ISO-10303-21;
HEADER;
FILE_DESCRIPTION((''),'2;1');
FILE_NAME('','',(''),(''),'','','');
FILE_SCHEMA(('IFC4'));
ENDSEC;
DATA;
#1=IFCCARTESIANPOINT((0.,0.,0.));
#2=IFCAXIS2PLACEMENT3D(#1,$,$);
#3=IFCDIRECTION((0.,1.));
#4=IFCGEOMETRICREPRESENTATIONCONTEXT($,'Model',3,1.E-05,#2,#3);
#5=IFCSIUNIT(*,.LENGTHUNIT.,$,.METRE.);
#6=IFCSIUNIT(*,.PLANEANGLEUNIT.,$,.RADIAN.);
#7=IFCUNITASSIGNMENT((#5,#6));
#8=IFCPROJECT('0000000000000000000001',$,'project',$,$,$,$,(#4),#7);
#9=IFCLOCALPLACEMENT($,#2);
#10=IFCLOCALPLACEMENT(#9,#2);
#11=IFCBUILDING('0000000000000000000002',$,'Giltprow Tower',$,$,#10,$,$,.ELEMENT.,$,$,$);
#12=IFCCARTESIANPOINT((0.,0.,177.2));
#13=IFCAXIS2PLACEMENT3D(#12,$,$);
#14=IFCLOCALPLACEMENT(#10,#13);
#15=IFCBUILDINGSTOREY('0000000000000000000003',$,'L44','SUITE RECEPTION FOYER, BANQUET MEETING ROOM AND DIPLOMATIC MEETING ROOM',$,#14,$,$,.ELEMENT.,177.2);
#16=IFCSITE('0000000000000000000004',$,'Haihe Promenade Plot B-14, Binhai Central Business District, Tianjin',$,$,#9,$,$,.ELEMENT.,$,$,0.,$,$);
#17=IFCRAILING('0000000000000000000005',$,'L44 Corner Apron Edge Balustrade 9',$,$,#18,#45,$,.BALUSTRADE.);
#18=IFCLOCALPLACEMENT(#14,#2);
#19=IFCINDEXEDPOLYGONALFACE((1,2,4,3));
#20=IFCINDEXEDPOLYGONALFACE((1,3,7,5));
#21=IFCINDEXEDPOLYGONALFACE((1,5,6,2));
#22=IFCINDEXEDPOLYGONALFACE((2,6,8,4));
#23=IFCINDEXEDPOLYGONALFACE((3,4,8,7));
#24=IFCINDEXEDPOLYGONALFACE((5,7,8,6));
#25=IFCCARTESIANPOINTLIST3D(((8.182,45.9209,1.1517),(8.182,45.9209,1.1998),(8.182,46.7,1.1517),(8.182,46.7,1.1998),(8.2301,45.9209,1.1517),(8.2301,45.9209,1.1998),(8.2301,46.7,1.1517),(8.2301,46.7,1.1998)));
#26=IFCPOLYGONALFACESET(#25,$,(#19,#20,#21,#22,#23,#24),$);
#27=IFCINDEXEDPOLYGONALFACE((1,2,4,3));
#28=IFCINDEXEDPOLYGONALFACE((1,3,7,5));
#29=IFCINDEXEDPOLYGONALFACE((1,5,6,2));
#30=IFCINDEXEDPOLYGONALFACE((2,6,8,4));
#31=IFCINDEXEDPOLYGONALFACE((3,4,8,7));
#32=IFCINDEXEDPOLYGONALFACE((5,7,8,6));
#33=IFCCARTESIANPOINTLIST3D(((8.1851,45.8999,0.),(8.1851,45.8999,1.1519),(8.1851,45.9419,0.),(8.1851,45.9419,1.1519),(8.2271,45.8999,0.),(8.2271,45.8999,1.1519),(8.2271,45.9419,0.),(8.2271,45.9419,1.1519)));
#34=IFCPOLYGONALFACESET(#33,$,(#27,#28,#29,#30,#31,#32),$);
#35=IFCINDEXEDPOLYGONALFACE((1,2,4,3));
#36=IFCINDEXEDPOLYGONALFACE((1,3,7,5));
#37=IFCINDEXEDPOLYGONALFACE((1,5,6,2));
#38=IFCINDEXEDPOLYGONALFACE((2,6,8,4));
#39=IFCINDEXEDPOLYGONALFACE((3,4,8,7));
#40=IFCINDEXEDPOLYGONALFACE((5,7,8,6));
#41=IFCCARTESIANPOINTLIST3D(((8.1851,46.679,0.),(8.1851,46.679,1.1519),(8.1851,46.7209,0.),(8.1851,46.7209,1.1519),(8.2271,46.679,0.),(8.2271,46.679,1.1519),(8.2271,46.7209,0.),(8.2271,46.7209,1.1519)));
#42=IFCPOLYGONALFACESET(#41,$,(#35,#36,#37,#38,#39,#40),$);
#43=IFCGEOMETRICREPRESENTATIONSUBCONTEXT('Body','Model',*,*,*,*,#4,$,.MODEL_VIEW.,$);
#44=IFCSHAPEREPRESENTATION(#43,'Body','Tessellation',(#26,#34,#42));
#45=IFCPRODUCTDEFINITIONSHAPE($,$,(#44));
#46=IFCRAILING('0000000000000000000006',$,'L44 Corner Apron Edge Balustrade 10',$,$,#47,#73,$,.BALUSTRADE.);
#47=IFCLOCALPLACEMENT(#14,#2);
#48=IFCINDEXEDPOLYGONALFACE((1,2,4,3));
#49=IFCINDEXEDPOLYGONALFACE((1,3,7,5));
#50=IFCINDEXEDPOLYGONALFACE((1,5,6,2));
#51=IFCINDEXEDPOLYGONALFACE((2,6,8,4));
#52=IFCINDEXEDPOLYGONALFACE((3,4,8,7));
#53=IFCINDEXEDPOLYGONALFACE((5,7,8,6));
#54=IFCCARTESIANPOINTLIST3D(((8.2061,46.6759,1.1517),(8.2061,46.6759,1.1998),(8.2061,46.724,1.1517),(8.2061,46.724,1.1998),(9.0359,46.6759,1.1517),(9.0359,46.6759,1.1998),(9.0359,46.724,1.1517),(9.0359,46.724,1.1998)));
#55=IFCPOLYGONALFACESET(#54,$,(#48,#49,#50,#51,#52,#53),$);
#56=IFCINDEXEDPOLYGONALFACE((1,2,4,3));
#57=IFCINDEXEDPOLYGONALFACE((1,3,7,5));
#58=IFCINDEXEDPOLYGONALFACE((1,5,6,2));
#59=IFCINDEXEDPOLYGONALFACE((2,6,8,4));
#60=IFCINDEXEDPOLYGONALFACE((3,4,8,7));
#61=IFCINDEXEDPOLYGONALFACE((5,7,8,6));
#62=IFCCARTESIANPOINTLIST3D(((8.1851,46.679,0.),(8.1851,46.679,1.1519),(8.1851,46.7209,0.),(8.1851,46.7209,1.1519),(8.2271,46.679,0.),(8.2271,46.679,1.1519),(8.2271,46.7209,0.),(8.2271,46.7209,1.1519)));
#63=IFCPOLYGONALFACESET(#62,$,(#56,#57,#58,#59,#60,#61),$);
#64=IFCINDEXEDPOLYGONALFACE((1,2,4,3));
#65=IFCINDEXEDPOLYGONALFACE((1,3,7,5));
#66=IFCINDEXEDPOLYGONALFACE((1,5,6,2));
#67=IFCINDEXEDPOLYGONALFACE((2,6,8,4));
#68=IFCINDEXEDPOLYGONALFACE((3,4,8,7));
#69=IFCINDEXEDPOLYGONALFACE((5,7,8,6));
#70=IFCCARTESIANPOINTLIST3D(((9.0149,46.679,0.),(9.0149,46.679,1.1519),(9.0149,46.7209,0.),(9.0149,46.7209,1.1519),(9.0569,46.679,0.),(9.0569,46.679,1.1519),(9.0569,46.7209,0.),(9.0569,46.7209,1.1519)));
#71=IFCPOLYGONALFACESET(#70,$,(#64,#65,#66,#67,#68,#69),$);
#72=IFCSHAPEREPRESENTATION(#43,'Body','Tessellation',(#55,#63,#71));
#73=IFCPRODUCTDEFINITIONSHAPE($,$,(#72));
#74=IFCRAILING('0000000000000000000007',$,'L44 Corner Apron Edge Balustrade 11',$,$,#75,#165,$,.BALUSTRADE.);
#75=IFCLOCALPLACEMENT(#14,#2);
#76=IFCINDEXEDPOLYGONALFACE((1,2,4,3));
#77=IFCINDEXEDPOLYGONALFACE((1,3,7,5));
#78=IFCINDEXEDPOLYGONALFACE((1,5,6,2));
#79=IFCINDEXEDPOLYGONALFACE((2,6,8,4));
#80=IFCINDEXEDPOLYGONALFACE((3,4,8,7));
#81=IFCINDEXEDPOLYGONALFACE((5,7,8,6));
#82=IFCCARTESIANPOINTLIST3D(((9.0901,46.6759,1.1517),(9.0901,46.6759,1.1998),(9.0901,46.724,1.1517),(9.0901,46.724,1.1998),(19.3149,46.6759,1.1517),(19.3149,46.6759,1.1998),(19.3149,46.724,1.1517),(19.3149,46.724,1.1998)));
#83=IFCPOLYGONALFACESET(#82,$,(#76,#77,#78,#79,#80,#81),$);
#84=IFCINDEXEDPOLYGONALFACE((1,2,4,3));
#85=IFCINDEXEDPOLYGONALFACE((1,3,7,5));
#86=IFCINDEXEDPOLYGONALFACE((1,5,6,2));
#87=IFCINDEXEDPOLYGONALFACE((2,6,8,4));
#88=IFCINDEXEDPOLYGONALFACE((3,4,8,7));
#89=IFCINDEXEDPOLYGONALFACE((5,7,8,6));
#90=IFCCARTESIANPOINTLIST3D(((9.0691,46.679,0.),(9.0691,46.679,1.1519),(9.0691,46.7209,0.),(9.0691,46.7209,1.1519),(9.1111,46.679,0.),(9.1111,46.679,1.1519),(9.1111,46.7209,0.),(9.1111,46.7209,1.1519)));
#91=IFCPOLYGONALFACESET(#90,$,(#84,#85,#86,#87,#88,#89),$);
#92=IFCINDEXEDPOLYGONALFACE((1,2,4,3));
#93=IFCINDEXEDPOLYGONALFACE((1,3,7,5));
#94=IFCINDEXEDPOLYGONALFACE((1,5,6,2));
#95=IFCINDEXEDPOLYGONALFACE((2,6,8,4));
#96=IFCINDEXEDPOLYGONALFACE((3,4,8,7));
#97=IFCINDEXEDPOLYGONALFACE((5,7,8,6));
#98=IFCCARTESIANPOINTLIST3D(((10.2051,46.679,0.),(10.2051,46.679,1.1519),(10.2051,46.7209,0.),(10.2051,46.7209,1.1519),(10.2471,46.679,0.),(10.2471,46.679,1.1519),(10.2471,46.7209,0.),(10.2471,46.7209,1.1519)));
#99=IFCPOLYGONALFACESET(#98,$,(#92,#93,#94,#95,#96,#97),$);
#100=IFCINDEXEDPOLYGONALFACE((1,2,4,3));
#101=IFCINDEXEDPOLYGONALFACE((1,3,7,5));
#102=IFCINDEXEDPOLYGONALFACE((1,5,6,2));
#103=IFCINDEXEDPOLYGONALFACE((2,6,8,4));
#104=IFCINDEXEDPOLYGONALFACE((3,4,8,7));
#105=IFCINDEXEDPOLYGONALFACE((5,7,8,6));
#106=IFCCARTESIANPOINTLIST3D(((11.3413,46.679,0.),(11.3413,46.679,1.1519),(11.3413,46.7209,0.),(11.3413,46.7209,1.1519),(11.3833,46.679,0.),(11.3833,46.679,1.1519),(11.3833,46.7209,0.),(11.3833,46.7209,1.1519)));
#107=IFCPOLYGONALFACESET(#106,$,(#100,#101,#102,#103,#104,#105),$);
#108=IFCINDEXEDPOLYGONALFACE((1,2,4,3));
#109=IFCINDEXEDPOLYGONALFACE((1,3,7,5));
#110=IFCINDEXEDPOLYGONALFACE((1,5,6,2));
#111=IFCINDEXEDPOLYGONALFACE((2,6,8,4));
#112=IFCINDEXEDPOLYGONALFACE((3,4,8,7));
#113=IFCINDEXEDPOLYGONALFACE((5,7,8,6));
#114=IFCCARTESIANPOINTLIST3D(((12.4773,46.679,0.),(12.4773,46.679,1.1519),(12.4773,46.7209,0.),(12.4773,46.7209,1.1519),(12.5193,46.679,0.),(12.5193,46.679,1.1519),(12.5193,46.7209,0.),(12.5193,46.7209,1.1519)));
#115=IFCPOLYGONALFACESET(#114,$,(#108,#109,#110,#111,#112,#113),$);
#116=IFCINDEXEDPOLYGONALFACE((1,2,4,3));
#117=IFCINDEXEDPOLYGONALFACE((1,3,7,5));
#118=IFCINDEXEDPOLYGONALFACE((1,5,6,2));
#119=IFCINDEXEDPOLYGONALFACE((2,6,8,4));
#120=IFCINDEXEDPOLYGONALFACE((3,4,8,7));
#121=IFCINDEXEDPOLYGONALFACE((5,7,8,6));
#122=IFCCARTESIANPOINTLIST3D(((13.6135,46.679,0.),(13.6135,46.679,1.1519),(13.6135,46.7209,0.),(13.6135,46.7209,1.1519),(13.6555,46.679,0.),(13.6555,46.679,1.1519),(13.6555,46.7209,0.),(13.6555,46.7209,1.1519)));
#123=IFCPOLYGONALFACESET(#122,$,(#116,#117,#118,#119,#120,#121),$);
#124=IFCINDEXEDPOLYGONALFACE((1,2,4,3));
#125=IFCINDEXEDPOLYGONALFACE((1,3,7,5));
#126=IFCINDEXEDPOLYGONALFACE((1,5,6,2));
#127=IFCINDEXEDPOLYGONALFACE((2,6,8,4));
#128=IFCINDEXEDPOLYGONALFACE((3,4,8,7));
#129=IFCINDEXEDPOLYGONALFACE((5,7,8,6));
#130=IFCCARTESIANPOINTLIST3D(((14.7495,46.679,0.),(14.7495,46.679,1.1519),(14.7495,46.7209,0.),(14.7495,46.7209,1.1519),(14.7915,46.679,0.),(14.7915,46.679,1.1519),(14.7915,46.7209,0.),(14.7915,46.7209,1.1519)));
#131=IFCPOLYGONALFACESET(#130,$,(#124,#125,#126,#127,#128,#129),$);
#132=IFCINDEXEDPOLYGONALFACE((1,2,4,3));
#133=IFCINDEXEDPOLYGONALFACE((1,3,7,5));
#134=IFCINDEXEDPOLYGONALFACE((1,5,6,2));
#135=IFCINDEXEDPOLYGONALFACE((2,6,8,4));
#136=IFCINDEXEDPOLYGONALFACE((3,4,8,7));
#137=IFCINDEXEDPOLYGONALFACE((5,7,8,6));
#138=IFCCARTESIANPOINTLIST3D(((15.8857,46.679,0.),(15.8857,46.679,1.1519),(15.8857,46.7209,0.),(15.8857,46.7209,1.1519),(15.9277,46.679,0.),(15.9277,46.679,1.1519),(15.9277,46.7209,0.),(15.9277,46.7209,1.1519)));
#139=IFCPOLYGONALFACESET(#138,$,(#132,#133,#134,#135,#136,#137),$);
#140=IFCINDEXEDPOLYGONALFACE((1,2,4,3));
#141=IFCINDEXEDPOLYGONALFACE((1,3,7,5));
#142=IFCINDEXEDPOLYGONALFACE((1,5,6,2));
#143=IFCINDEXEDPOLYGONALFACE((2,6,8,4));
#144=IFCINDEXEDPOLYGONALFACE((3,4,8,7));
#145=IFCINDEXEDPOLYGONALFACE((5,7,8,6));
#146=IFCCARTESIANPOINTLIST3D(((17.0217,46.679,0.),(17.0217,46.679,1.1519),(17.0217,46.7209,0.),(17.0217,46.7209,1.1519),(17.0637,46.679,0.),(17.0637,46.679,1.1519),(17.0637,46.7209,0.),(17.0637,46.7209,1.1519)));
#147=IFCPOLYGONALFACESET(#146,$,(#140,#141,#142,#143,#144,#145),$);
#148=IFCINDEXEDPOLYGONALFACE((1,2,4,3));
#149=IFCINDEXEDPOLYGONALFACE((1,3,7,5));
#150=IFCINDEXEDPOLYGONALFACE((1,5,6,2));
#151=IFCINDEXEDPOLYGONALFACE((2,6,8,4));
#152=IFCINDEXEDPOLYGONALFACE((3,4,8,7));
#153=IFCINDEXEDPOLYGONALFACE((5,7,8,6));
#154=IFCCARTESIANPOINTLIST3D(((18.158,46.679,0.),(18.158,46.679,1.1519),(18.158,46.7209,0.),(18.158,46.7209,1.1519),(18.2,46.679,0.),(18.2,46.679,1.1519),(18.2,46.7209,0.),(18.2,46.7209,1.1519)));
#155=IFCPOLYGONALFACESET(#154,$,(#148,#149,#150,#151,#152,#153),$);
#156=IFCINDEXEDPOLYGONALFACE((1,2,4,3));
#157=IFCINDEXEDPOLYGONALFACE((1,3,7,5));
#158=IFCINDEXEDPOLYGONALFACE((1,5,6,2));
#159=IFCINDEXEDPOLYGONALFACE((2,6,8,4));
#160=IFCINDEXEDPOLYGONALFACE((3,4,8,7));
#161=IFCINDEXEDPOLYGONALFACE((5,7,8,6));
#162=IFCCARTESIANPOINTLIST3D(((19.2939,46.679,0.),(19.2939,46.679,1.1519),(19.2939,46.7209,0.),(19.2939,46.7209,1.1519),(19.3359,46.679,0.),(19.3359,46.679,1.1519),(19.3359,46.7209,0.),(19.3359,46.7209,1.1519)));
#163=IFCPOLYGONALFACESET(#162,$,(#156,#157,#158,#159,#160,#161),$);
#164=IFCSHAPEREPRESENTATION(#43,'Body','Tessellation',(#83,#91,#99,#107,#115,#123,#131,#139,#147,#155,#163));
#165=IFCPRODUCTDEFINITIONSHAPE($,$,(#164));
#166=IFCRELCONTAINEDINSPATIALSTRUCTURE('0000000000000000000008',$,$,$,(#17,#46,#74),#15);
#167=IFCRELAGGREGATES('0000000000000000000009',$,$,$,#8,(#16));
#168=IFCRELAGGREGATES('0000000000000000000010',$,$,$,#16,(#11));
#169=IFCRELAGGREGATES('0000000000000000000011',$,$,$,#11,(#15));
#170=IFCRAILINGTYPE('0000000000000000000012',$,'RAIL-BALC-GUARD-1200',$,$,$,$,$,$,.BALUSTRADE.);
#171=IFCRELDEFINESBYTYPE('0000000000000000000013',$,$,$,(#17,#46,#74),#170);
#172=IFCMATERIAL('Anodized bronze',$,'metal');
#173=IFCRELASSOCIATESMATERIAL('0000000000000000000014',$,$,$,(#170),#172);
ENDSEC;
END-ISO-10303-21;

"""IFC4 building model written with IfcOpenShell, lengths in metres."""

from ifc_helpers import new_model, si_unit, direction, frame, origin, origin_2d, place, context, subcontext, project, spatial, rectangle, extrude, material, type_object, element, save


model = new_model("IFC4")

# Units and contexts
model_context = context("Model", 3, precision=1e-05, world=origin(), true_north=direction((0.0, 1.0)))
body_context = subcontext(model_context, "Body", "Model", "MODEL_VIEW")
ifc_project = project(units=[si_unit("LENGTHUNIT", "METRE"), si_unit("PLANEANGLEUNIT", "RADIAN")], contexts=[model_context])

# Site, building, storey
site_placement = place(None, origin())
site = spatial("IfcSite", under=ifc_project, at=site_placement, Name="Haihe Promenade Plot B-14, Binhai Central Business District, Tianjin", CompositionType="ELEMENT", RefElevation=0.0)
building_placement = place(site_placement, origin())
building = spatial("IfcBuilding", under=site, at=building_placement, Name="Giltprow Tower", CompositionType="ELEMENT")
storey_placement = place(building_placement, frame((0.0, 0.0, 177.2)))
storey = spatial("IfcBuildingStorey", under=building, at=storey_placement, Name="L44", Description="SUITE RECEPTION FOYER, BANQUET MEETING ROOM AND DIPLOMATIC MEETING ROOM", CompositionType="ELEMENT", Elevation=177.2)

# Railings
ifc_material_1 = material(Name="Anodized bronze", Category="metal")
railing_type = type_object("IfcRailingType", Name="RAIL-BALC-GUARD-1200", PredefinedType="BALUSTRADE", material=ifc_material_1)
railing_1_placement = place(storey_placement, frame((8.2061, 45.9209, 0.0)))
element("IfcRailing", 1, at=railing_1_placement, inside=storey, type_object=railing_type, Name="L44 Corner Apron Edge Balustrade 9", PredefinedType="BALUSTRADE", context=body_context, shape_type="SweptSolid", body=[
    extrude(rectangle(XDim=0.0481, YDim=0.0481, at=origin_2d()), frame((0.0, 0.0, 1.1758), z_axis=(0.0, 1.0, 0.0), x_axis=(-1.0, 0.0, 0.0)), (0.0, 0.0, 1.0), 0.7791),
    extrude(rectangle(XDim=0.042, YDim=0.042, at=origin_2d()), origin(), (0.0, 0.0, 1.0), 1.1519),
    extrude(rectangle(XDim=0.042, YDim=0.042, at=origin_2d()), frame((0.0, 0.7791, 0.0)), (0.0, 0.0, 1.0), 1.1519),
])
railing_2_placement = place(storey_placement, frame((8.2061, 46.7, 0.0)))
element("IfcRailing", 2, at=railing_2_placement, inside=storey, type_object=railing_type, Name="L44 Corner Apron Edge Balustrade 10", PredefinedType="BALUSTRADE", context=body_context, shape_type="SweptSolid", body=[
    extrude(rectangle(XDim=0.0481, YDim=0.0481, at=origin_2d()), frame((0.0, 0.0, 1.1758), z_axis=(1.0, 0.0, 0.0), x_axis=(0.0, 1.0, 0.0)), (0.0, 0.0, 1.0), 0.8298),
    extrude(rectangle(XDim=0.042, YDim=0.042, at=origin_2d()), origin(), (0.0, 0.0, 1.0), 1.1519),
    extrude(rectangle(XDim=0.042, YDim=0.042, at=origin_2d()), frame((0.8298, 0.0, 0.0)), (0.0, 0.0, 1.0), 1.1519),
])
railing_3_placement = place(storey_placement, frame((9.0901, 46.7, 0.0)))
element("IfcRailing", 3, at=railing_3_placement, inside=storey, type_object=railing_type, Name="L44 Corner Apron Edge Balustrade 11", PredefinedType="BALUSTRADE", context=body_context, shape_type="SweptSolid", body=[
    extrude(rectangle(XDim=0.0481, YDim=0.0481, at=origin_2d()), frame((0.0, 0.0, 1.1758), z_axis=(1.0, 0.0, 0.0), x_axis=(0.0, 1.0, 0.0)), (0.0, 0.0, 1.0), 10.2249),
    extrude(rectangle(XDim=0.042, YDim=0.042, at=origin_2d()), origin(), (0.0, 0.0, 1.0), 1.1519),
    extrude(rectangle(XDim=0.042, YDim=0.042, at=origin_2d()), frame((1.136, 0.0, 0.0)), (0.0, 0.0, 1.0), 1.1519),
    extrude(rectangle(XDim=0.042, YDim=0.042, at=origin_2d()), frame((2.2722, 0.0, 0.0)), (0.0, 0.0, 1.0), 1.1519),
    extrude(rectangle(XDim=0.042, YDim=0.042, at=origin_2d()), frame((3.4082, 0.0, 0.0)), (0.0, 0.0, 1.0), 1.1519),
    extrude(rectangle(XDim=0.042, YDim=0.042, at=origin_2d()), frame((4.5444, 0.0, 0.0)), (0.0, 0.0, 1.0), 1.1519),
    extrude(rectangle(XDim=0.042, YDim=0.042, at=origin_2d()), frame((5.6804, 0.0, 0.0)), (0.0, 0.0, 1.0), 1.1519),
    extrude(rectangle(XDim=0.042, YDim=0.042, at=origin_2d()), frame((6.8167, 0.0, 0.0)), (0.0, 0.0, 1.0), 1.1519),
    extrude(rectangle(XDim=0.042, YDim=0.042, at=origin_2d()), frame((7.9526, 0.0, 0.0)), (0.0, 0.0, 1.0), 1.1519),
    extrude(rectangle(XDim=0.042, YDim=0.042, at=origin_2d()), frame((9.0889, 0.0, 0.0)), (0.0, 0.0, 1.0), 1.1519),
    extrude(rectangle(XDim=0.042, YDim=0.042, at=origin_2d()), frame((10.2249, 0.0, 0.0)), (0.0, 0.0, 1.0), 1.1519),
])

save(model, "model.ifc")
